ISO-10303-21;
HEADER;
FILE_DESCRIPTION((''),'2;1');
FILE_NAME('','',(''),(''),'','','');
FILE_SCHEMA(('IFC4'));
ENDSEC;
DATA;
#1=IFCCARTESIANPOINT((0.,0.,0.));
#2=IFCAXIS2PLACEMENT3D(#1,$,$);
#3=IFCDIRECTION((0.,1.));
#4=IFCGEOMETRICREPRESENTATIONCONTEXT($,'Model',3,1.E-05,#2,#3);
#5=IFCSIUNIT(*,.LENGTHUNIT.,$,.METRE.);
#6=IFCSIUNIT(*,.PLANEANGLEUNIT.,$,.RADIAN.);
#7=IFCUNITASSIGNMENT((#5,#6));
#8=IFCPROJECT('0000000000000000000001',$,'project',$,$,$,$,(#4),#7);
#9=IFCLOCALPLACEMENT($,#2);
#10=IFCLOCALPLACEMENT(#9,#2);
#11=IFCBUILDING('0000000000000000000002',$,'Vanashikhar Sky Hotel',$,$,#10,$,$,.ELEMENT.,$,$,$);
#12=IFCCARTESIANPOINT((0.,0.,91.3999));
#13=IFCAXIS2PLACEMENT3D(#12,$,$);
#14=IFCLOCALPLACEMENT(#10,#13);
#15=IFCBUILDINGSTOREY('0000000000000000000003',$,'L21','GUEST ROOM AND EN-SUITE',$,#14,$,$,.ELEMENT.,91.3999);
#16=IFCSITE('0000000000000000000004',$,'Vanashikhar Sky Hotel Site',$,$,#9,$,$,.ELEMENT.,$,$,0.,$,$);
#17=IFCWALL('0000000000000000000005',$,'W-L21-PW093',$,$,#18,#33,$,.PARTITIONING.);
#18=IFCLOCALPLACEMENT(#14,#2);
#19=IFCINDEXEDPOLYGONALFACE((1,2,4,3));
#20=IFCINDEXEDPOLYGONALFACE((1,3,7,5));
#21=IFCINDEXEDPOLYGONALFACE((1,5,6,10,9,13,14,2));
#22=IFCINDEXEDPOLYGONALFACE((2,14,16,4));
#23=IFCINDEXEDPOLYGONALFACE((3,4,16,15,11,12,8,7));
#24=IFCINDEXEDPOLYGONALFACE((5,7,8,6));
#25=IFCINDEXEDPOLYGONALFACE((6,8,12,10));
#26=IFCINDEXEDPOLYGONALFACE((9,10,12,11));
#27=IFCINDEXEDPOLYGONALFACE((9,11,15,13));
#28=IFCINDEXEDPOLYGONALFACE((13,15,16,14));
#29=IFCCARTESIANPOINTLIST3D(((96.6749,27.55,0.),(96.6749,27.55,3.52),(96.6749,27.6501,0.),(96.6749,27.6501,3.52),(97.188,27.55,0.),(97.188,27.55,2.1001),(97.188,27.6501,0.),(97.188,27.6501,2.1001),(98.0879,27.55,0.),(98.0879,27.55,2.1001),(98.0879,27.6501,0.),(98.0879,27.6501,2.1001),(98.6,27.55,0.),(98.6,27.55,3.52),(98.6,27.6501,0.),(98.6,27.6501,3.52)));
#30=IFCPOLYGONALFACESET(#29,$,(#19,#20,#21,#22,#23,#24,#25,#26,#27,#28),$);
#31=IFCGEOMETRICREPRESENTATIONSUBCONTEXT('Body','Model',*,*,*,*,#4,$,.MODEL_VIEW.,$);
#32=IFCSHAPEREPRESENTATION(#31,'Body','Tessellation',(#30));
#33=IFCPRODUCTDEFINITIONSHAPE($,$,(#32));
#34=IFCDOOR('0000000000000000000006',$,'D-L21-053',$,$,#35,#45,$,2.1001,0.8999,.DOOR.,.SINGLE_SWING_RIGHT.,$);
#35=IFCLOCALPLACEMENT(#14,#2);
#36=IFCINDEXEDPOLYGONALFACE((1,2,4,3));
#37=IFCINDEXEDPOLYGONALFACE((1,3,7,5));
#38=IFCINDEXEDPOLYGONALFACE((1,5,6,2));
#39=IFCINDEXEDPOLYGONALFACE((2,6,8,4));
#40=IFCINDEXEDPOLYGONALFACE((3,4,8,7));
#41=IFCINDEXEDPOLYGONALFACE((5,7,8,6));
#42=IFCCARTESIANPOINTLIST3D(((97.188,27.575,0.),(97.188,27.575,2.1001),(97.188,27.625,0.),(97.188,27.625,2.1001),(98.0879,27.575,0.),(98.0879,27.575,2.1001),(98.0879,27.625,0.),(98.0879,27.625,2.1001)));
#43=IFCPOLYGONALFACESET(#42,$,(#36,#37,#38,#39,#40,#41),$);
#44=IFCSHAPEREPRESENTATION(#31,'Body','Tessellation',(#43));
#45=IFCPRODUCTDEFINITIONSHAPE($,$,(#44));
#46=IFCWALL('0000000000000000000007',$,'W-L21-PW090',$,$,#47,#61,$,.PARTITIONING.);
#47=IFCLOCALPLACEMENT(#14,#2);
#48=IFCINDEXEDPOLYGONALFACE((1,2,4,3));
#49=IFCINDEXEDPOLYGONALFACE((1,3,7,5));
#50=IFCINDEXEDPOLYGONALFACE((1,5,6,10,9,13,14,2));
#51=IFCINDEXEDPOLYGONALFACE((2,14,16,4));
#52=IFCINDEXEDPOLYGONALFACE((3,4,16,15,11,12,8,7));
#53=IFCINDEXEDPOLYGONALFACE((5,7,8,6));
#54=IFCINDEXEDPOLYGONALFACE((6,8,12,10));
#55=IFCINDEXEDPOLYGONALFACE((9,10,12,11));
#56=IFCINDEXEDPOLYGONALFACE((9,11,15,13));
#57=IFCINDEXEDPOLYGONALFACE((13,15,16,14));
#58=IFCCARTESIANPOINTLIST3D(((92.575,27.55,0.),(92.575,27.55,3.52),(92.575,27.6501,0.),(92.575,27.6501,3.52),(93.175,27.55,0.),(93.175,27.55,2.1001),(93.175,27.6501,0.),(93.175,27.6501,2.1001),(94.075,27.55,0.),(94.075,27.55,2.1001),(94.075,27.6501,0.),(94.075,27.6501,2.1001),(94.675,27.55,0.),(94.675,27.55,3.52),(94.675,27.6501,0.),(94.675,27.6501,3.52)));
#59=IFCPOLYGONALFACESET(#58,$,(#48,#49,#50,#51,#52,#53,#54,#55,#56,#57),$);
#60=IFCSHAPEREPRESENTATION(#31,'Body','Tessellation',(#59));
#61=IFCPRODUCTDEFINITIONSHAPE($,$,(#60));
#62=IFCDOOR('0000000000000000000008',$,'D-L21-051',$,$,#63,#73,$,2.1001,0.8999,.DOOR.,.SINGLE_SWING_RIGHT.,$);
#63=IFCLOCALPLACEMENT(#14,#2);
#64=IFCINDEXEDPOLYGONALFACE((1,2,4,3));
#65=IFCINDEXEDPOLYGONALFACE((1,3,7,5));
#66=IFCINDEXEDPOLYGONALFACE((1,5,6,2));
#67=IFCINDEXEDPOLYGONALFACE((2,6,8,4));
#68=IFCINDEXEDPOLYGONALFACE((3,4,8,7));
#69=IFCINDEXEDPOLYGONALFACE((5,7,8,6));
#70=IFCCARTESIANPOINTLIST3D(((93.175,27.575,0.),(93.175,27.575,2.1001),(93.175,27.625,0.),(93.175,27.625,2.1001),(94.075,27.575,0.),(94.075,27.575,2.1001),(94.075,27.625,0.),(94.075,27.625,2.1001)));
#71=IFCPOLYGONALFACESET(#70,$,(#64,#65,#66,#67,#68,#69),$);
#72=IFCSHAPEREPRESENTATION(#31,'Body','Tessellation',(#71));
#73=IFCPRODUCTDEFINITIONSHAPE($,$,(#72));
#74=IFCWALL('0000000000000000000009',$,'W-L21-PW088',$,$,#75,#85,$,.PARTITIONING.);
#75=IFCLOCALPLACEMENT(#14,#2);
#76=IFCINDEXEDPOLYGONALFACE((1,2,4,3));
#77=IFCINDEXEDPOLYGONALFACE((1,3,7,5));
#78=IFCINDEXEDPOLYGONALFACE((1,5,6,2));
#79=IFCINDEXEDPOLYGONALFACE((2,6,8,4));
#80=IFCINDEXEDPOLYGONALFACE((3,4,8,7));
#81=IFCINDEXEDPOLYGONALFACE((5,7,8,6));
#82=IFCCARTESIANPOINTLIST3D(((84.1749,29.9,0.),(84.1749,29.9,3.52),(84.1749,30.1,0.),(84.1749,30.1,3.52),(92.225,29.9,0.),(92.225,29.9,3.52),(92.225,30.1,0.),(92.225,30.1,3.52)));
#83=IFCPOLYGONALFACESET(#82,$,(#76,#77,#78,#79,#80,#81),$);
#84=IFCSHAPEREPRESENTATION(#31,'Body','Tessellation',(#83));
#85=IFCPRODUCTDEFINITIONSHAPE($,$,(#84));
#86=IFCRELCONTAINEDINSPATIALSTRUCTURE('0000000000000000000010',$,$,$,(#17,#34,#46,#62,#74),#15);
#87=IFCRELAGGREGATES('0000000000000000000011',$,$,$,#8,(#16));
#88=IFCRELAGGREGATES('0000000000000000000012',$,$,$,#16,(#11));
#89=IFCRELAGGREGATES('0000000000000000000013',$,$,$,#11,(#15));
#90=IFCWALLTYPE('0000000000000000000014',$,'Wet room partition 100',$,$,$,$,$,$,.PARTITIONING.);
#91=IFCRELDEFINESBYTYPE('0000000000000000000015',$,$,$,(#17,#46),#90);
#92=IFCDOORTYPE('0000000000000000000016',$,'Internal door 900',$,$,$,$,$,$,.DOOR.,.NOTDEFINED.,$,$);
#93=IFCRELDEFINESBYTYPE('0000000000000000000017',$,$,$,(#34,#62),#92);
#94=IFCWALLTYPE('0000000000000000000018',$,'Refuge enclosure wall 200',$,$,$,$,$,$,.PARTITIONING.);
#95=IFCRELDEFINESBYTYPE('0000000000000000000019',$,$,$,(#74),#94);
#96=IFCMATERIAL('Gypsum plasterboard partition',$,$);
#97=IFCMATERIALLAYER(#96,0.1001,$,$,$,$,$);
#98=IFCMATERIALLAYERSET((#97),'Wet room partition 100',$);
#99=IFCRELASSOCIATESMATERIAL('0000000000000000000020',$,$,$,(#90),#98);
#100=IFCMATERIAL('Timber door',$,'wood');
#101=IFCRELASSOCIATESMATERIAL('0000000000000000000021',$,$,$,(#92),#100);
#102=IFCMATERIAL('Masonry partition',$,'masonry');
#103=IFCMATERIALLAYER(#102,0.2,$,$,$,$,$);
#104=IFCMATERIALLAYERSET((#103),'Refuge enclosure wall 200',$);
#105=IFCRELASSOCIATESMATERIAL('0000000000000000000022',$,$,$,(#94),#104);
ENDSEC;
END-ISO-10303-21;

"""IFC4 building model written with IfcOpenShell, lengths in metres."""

from ifc_helpers import new_model, si_unit, direction, frame, frame_2d, origin, place, context, subcontext, project, spatial, rectangle, extrude, source, transform, mapped, material, layer, layer_set, type_object, element, fill, save


model = new_model("IFC4")

# Units and contexts
model_context = context("Model", 3, precision=1e-05, world=origin(), true_north=direction((0.0, 1.0)))
body_context = subcontext(model_context, "Body", "Model", "MODEL_VIEW")
ifc_project = project(units=[si_unit("LENGTHUNIT", "METRE"), si_unit("PLANEANGLEUNIT", "RADIAN")], contexts=[model_context])

# Site, building, storey
site_placement = place(None, origin())
site = spatial("IfcSite", under=ifc_project, at=site_placement, Name="Vanashikhar Sky Hotel Site", CompositionType="ELEMENT", RefElevation=0.0)
building_placement = place(site_placement, origin())
building = spatial("IfcBuilding", under=site, at=building_placement, Name="Vanashikhar Sky Hotel", CompositionType="ELEMENT")
storey_placement = place(building_placement, frame((0.0, 0.0, 91.3999)))
storey = spatial("IfcBuildingStorey", under=building, at=storey_placement, Name="L21", Description="GUEST ROOM AND EN-SUITE", CompositionType="ELEMENT", Elevation=91.3999)

# Shared definitions
ifc_material_1 = material(Name="Gypsum plasterboard partition")
ifc_layer_1 = layer(ifc_material_1, 0.1001)
ifc_layer_set_1 = layer_set([ifc_layer_1], Name="Wet room partition 100")
wall_type_1 = type_object("IfcWallType", Name="Wet room partition 100", PredefinedType="PARTITIONING", material=ifc_layer_set_1)

# Walls, openings, doors
shared_shape_1 = source(origin(), body_context, "Body", "SweptSolid", [
    extrude(rectangle(XDim=1.925, YDim=0.1001, at=frame_2d((0.9624, 0.0))), origin(), (0.0, 0.0, 1.0), 3.52),
])
wall_1_placement = place(storey_placement, frame((96.675, 27.6001, 0.0), z_axis=(0.0, 0.0, 1.0), x_axis=(1.0, 0.0, 0.0)))
wall_1 = element("IfcWall", 1, at=wall_1_placement, inside=storey, type_object=wall_type_1, Name="W-L21-PW093", PredefinedType="PARTITIONING", context=body_context, shape_type="MappedRepresentation", body=[
    mapped(shared_shape_1, transform((0.0, 0.0, 0.0), scale=1.0)),
])
shared_shape_2 = source(origin(), body_context, "Body", "SweptSolid", [
    extrude(rectangle(XDim=0.8999, YDim=2.1001, at=frame_2d((0.45, 1.05))), frame((0.0, 0.0601, 0.0), z_axis=(0.0, -1.0, 0.0), x_axis=(1.0, 0.0, 0.0)), (0.0, 0.0, 1.0), 0.1201),
])
opening_1_placement = place(wall_1_placement, frame((0.5129, 0.0, 0.0)))
opening_1 = element("IfcOpeningElement", 2, at=opening_1_placement, cuts=wall_1, PredefinedType="OPENING", context=body_context, shape_type="MappedRepresentation", body=[
    mapped(shared_shape_2, transform((0.0, 0.0, 0.0), scale=1.0)),
])
ifc_material_2 = material(Name="Timber door", Category="wood")
door_type = type_object("IfcDoorType", Name="Internal door 900", OperationType="NOTDEFINED", PredefinedType="DOOR", material=ifc_material_2)
shared_shape_3 = source(origin(), body_context, "Body", "SweptSolid", [
    extrude(rectangle(XDim=0.8999, YDim=2.1001, at=frame_2d((0.45, 1.05))), frame((0.0, 0.0249, 0.0), z_axis=(0.0, -1.0, 0.0), x_axis=(1.0, 0.0, 0.0)), (0.0, 0.0, 1.0), 0.05),
])
door_1_placement = place(opening_1_placement, origin())
door_1 = element("IfcDoor", 3, at=door_1_placement, inside=storey, type_object=door_type, Name="D-L21-053", OperationType="SINGLE_SWING_RIGHT", OverallHeight=2.1001, OverallWidth=0.8999, PredefinedType="DOOR", context=body_context, shape_type="MappedRepresentation", body=[
    mapped(shared_shape_3, transform((0.0, 0.0, 0.0), scale=1.0)),
])
fill(opening_1, door_1)
shared_shape_4 = source(origin(), body_context, "Body", "SweptSolid", [
    extrude(rectangle(XDim=2.1001, YDim=0.1001, at=frame_2d((1.05, 0.0))), origin(), (0.0, 0.0, 1.0), 3.52),
])
wall_2_placement = place(storey_placement, frame((92.575, 27.6001, 0.0), z_axis=(0.0, 0.0, 1.0), x_axis=(1.0, 0.0, 0.0)))
wall_2 = element("IfcWall", 4, at=wall_2_placement, inside=storey, type_object=wall_type_1, Name="W-L21-PW090", PredefinedType="PARTITIONING", context=body_context, shape_type="MappedRepresentation", body=[
    mapped(shared_shape_4, transform((0.0, 0.0, 0.0), scale=1.0)),
])
opening_2_placement = place(wall_2_placement, frame((0.6001, 0.0, 0.0)))
opening_2 = element("IfcOpeningElement", 5, at=opening_2_placement, cuts=wall_2, PredefinedType="OPENING", context=body_context, shape_type="MappedRepresentation", body=[
    mapped(shared_shape_2, transform((0.0, 0.0, 0.0), scale=1.0)),
])
door_2_placement = place(opening_2_placement, origin())
door_2 = element("IfcDoor", 6, at=door_2_placement, inside=storey, type_object=door_type, Name="D-L21-051", OperationType="SINGLE_SWING_RIGHT", OverallHeight=2.1001, OverallWidth=0.8999, PredefinedType="DOOR", context=body_context, shape_type="MappedRepresentation", body=[
    mapped(shared_shape_3, transform((0.0, 0.0, 0.0), scale=1.0)),
])
fill(opening_2, door_2)

# Wall
ifc_material_3 = material(Name="Masonry partition", Category="masonry")
ifc_layer_2 = layer(ifc_material_3, 0.2)
ifc_layer_set_2 = layer_set([ifc_layer_2], Name="Refuge enclosure wall 200")
wall_type_2 = type_object("IfcWallType", Name="Refuge enclosure wall 200", PredefinedType="PARTITIONING", material=ifc_layer_set_2)
shared_shape_5 = source(origin(), body_context, "Body", "SweptSolid", [
    extrude(rectangle(XDim=8.05, YDim=0.2, at=frame_2d((4.0249, 0.0))), origin(), (0.0, 0.0, 1.0), 3.52),
])
wall_3_placement = place(storey_placement, frame((84.175, 30.0, 0.0), z_axis=(0.0, 0.0, 1.0), x_axis=(1.0, 0.0, 0.0)))
element("IfcWall", 7, at=wall_3_placement, inside=storey, type_object=wall_type_2, Name="W-L21-PW088", PredefinedType="PARTITIONING", context=body_context, shape_type="MappedRepresentation", body=[
    mapped(shared_shape_5, transform((0.0, 0.0, 0.0), scale=1.0)),
])

save(model, "model.ifc")
